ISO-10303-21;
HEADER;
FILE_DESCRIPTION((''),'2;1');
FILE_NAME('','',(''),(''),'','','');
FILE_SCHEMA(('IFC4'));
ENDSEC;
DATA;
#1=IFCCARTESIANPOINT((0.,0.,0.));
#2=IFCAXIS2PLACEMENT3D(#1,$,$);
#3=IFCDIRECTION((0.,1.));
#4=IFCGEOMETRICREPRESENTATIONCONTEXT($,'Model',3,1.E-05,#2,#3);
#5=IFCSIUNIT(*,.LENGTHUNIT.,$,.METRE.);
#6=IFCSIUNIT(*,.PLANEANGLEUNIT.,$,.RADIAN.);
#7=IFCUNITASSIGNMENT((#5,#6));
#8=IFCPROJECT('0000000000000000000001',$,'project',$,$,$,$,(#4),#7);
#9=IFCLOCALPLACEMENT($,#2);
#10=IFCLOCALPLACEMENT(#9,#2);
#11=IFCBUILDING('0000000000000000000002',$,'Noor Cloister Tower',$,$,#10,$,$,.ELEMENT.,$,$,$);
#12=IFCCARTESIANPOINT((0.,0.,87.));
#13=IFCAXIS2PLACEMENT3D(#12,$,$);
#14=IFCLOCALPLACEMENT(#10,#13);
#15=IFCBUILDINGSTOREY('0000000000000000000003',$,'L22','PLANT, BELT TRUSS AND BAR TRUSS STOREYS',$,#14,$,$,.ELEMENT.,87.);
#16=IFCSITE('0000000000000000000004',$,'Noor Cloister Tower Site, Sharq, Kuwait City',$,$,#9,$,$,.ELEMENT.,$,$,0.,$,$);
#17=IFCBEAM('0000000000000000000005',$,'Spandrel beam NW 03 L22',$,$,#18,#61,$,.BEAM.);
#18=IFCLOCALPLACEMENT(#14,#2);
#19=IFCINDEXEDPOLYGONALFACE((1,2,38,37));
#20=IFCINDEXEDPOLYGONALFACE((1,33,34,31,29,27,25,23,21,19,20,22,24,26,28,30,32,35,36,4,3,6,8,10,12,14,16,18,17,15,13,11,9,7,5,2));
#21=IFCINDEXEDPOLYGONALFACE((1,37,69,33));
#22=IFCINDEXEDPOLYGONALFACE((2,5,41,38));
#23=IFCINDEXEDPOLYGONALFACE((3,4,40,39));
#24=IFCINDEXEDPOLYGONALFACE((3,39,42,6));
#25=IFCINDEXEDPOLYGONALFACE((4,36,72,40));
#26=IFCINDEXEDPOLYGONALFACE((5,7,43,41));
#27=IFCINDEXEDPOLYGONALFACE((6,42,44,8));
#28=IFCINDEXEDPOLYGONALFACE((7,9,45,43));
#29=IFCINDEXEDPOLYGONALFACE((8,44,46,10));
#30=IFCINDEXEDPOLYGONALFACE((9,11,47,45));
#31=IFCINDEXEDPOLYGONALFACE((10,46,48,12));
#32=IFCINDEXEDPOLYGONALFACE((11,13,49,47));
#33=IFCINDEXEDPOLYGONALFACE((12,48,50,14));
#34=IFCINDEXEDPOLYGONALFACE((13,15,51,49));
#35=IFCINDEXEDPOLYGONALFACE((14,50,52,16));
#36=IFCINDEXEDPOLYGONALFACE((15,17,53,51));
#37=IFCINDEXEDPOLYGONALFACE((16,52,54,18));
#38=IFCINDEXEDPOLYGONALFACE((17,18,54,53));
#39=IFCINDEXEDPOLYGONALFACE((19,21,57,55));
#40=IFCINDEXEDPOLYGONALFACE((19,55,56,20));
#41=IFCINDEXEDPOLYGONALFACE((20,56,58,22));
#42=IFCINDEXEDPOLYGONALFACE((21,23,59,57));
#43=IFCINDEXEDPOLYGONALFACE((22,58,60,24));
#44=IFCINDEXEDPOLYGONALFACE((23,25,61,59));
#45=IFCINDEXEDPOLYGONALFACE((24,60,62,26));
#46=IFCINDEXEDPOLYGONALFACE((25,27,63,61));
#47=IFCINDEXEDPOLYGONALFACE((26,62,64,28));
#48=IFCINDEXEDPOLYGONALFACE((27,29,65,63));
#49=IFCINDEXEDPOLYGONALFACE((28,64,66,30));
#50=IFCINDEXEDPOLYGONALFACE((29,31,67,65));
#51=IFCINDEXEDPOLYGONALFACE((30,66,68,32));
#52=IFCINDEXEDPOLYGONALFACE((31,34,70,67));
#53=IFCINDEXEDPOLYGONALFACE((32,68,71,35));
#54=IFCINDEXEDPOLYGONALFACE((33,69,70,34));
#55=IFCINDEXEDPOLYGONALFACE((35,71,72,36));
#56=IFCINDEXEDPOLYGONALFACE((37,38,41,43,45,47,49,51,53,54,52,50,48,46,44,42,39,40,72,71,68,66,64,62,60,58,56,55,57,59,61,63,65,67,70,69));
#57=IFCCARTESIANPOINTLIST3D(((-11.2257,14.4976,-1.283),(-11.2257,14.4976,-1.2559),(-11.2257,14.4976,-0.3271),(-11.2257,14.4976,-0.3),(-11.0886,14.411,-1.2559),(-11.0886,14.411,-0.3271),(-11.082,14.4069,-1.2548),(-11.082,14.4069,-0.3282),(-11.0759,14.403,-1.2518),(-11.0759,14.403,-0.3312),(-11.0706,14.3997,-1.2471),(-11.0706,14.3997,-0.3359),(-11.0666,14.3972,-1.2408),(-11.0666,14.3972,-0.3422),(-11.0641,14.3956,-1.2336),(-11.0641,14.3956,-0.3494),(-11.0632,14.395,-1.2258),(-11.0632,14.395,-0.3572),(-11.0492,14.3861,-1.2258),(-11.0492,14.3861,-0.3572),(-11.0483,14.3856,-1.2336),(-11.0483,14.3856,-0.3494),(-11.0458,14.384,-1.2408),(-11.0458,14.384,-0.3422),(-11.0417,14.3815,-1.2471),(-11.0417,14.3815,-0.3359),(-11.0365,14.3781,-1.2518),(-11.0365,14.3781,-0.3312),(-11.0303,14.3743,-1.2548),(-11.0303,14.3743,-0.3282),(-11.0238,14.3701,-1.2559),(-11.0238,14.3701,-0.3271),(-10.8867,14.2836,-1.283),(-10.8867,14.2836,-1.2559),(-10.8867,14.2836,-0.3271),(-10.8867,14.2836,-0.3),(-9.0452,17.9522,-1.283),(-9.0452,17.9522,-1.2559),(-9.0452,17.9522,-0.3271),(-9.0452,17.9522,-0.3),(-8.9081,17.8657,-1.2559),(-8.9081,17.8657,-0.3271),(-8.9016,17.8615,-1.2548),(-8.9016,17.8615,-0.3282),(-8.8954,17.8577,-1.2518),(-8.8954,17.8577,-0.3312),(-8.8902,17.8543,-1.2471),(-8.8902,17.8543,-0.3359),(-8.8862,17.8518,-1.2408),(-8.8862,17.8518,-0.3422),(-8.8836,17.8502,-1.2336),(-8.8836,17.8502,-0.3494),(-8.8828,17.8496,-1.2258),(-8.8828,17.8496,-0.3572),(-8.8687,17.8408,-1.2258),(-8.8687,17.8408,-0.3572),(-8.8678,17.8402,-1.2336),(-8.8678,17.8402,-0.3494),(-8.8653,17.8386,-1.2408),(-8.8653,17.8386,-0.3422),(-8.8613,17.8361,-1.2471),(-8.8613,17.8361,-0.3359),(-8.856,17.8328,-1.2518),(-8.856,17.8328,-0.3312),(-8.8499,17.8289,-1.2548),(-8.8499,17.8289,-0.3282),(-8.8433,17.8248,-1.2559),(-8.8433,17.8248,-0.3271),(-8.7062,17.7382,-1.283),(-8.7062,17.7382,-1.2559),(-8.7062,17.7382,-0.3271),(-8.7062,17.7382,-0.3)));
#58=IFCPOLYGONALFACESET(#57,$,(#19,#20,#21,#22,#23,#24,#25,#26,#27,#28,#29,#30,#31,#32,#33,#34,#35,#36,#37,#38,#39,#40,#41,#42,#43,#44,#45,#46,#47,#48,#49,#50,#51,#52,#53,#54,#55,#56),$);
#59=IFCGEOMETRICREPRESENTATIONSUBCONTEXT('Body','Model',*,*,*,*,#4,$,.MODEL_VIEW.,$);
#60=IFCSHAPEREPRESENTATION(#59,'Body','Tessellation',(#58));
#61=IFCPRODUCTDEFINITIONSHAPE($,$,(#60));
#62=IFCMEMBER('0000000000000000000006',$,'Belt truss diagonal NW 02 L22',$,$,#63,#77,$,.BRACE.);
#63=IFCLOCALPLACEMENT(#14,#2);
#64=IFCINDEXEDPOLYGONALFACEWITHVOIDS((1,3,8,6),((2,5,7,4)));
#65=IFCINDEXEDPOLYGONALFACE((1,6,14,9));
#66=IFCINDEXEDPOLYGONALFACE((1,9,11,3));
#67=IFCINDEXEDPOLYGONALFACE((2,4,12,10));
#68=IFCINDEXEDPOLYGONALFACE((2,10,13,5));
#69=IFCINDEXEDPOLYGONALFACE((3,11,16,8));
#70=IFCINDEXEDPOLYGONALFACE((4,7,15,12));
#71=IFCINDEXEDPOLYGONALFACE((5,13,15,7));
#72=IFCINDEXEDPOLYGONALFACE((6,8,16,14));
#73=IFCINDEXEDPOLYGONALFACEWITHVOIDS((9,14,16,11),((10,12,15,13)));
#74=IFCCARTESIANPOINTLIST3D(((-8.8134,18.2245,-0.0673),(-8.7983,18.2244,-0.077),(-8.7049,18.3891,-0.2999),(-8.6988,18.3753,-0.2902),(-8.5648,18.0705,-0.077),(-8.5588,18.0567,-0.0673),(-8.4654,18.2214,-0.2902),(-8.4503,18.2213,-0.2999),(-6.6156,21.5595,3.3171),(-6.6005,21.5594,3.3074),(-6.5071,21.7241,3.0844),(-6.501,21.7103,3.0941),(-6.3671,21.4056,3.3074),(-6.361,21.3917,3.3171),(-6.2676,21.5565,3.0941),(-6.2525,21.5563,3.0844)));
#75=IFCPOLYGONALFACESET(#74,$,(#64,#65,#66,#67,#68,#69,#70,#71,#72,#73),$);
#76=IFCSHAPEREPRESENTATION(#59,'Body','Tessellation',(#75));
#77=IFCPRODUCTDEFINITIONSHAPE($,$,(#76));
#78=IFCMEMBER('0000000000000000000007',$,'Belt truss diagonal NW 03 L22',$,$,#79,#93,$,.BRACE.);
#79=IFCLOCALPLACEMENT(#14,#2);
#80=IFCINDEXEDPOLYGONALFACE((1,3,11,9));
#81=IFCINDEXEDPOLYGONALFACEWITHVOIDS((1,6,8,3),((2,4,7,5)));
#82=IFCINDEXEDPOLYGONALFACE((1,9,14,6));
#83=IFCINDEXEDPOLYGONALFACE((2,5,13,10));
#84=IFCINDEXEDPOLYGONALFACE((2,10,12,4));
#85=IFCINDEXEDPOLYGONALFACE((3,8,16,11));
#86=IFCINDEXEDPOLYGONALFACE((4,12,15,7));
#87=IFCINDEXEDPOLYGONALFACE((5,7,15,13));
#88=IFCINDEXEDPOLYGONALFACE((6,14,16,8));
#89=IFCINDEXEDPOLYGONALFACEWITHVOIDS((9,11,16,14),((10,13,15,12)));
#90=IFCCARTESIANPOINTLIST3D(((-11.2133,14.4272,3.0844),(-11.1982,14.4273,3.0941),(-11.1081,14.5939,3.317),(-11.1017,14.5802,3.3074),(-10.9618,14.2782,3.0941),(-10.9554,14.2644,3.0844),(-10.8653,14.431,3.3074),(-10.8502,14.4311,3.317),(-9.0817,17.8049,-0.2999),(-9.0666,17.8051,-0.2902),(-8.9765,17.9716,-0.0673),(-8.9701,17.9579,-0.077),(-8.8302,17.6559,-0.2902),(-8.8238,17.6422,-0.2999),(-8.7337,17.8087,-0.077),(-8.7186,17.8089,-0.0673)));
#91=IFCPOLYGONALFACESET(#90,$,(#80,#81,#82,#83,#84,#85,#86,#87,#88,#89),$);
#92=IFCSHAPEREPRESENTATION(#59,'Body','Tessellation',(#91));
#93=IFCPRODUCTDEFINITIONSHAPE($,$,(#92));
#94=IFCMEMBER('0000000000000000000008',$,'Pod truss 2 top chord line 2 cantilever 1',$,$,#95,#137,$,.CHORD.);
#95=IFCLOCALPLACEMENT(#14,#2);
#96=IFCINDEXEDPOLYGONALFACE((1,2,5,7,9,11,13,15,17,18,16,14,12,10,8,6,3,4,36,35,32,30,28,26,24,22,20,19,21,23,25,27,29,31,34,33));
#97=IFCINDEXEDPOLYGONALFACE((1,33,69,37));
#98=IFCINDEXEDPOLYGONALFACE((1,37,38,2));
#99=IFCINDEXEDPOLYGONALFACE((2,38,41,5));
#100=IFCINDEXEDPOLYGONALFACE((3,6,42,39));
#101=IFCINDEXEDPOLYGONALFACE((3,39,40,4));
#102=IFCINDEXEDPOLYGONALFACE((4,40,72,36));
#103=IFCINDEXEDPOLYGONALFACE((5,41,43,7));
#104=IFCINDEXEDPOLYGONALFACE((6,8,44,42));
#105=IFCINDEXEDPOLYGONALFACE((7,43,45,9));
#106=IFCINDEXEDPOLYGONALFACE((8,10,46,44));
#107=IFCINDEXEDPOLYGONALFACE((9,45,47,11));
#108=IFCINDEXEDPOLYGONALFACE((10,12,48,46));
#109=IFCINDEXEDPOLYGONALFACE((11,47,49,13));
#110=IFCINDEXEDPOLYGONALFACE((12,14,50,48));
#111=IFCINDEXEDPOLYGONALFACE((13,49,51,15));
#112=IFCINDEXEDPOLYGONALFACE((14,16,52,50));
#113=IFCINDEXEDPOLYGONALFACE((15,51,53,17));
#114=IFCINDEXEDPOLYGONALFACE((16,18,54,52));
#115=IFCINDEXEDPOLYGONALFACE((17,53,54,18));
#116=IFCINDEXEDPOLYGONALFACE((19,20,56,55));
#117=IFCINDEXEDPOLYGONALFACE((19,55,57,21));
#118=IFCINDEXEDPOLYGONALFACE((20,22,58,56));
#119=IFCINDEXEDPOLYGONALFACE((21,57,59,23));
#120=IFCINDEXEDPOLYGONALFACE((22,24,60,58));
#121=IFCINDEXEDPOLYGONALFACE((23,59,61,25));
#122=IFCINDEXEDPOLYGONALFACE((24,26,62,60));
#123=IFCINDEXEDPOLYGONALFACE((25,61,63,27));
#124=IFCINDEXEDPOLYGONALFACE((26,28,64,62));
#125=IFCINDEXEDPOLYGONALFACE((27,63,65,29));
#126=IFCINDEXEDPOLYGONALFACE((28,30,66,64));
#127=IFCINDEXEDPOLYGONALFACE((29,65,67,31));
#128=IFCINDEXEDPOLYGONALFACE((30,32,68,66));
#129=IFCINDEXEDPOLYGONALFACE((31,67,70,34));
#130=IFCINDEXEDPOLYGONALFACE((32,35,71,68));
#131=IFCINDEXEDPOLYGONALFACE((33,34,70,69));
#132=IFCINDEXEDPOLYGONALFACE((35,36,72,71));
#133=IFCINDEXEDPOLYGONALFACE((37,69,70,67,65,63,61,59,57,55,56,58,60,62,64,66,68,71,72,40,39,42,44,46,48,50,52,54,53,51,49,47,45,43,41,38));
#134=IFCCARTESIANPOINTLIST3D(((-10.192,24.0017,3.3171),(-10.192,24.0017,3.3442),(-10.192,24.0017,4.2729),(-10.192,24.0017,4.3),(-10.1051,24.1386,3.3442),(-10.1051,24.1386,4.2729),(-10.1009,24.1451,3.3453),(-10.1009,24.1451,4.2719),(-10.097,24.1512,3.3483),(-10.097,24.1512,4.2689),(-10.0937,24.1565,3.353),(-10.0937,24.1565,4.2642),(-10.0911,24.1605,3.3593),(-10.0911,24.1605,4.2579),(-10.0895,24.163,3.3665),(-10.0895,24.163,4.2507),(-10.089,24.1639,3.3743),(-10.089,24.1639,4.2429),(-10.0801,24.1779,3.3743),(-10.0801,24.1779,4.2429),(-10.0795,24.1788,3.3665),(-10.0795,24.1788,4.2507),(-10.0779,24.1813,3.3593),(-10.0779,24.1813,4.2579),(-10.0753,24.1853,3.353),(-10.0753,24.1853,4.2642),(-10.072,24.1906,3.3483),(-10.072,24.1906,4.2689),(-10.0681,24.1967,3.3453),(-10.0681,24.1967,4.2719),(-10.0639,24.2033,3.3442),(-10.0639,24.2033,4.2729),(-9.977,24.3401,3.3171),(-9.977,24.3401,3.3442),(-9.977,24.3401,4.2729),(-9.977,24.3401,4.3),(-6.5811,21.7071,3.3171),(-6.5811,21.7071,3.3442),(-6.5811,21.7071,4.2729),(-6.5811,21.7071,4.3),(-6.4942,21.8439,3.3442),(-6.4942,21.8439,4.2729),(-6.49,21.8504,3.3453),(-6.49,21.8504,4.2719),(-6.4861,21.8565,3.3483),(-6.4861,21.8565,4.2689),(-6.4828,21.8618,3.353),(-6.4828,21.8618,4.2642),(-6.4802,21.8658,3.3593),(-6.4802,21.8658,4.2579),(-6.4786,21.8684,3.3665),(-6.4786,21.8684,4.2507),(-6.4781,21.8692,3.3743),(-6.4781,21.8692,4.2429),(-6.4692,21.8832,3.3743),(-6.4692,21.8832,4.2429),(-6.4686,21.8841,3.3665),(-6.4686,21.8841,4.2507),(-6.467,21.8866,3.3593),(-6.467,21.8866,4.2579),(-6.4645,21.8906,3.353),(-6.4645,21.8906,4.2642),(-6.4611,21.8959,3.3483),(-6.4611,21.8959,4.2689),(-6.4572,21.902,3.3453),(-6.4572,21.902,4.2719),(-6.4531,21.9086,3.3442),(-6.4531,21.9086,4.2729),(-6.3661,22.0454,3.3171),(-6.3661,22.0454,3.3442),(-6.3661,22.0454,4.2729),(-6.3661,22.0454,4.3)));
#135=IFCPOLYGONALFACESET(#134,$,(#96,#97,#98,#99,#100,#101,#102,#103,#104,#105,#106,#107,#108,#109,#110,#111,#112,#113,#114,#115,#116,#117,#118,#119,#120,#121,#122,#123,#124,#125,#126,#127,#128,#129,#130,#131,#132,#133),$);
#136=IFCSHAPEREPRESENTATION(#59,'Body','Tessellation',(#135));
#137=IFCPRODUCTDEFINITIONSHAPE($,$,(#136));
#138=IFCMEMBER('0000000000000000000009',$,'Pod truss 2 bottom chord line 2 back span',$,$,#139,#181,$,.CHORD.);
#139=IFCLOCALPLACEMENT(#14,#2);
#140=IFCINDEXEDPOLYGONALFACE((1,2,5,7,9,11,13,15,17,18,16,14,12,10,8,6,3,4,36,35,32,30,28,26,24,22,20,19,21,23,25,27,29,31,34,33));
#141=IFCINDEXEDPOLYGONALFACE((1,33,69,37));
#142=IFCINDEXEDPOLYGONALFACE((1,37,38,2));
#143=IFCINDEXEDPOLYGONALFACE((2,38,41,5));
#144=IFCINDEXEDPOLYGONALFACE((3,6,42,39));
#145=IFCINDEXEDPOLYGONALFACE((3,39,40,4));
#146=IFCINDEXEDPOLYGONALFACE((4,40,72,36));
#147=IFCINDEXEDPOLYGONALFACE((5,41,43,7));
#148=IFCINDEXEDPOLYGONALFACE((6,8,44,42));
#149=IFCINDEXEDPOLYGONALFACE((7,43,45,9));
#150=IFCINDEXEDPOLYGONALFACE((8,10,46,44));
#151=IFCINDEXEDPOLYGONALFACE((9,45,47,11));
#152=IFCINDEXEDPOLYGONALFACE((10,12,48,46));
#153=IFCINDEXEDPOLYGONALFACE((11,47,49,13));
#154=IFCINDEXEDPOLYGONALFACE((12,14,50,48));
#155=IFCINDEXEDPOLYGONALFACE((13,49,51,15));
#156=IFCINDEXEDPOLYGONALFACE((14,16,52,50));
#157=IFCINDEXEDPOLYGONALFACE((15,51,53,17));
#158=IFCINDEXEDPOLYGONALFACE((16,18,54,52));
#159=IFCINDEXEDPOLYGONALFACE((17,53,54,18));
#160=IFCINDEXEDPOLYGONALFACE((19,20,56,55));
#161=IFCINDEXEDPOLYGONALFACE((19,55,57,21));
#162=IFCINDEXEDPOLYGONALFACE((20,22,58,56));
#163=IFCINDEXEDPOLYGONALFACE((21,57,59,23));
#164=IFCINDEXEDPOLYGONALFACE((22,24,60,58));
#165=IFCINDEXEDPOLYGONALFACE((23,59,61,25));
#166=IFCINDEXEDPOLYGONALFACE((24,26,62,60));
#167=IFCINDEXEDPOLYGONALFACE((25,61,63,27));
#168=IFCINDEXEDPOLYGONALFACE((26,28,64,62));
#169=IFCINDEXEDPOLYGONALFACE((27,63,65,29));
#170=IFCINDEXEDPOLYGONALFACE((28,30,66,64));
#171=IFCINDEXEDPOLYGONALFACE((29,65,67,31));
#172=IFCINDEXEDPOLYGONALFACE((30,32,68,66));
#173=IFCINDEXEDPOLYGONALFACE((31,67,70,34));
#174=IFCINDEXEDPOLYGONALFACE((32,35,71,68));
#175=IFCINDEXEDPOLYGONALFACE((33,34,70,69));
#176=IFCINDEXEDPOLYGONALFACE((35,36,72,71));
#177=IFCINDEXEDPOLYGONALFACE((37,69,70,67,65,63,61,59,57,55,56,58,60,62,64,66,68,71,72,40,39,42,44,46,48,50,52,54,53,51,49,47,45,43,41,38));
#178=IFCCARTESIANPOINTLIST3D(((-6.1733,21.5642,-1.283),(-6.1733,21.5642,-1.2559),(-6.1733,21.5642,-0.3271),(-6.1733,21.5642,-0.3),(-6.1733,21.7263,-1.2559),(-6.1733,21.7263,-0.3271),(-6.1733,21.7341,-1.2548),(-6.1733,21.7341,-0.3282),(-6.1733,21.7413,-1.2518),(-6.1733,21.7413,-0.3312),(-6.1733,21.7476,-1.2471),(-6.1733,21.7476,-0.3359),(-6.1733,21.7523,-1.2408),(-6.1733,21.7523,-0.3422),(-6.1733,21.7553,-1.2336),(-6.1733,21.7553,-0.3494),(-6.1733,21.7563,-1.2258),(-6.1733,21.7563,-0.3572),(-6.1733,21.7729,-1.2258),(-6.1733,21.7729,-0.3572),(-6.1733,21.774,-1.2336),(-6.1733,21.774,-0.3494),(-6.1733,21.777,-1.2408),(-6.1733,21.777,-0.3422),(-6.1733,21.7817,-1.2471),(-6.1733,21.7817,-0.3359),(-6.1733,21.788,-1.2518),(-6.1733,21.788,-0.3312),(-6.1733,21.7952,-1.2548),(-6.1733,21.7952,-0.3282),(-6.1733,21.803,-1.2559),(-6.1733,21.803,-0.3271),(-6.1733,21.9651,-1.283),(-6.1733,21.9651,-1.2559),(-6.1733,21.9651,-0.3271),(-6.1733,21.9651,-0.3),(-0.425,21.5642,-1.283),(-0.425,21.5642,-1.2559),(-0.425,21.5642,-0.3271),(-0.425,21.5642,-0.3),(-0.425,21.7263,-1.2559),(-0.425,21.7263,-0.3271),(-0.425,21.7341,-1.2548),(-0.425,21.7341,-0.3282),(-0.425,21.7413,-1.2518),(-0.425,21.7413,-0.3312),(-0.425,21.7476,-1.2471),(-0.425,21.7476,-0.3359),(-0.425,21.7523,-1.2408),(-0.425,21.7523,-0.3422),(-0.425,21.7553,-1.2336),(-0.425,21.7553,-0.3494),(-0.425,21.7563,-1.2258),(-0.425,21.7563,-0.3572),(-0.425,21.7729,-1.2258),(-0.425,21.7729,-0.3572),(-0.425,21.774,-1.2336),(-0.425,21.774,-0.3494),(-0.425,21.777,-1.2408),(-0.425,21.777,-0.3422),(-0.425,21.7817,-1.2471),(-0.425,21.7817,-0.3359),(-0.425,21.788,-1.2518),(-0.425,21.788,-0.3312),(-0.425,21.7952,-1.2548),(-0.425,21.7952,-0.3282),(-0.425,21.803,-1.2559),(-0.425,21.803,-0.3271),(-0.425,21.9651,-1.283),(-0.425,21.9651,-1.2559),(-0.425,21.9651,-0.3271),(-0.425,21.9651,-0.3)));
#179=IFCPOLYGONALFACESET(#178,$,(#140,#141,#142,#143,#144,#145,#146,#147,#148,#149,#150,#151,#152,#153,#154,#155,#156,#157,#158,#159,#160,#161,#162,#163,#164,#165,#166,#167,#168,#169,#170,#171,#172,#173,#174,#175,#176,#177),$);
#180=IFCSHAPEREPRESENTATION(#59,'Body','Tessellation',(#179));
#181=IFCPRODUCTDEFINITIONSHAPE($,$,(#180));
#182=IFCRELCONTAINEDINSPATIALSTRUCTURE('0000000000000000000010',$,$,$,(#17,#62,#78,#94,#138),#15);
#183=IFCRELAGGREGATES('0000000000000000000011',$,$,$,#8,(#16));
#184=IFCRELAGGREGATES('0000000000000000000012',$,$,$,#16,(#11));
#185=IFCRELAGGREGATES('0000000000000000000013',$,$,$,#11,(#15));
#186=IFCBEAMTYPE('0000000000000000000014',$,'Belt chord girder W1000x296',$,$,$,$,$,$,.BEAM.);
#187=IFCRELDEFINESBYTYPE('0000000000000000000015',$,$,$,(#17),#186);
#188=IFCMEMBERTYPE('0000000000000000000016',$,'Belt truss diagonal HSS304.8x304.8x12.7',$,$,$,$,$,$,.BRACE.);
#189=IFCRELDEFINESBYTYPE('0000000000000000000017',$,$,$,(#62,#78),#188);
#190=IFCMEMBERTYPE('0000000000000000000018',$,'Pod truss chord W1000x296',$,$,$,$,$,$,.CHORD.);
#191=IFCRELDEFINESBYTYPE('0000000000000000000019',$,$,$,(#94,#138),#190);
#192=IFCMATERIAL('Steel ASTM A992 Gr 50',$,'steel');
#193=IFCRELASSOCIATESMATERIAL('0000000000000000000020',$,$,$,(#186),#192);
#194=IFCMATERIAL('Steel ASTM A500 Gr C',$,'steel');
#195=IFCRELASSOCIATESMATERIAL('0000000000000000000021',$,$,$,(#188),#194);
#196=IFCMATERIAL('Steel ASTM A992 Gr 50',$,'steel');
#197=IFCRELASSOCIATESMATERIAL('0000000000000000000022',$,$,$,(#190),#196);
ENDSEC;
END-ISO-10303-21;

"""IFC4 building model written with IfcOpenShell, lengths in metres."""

from ifc_helpers import new_model, si_unit, direction, frame, origin, origin_2d, place, context, subcontext, project, spatial, hollow_rectangle, i_section, extrude, material, material_profile, profile_set, type_object, element, save


model = new_model("IFC4")

# Units and contexts
model_context = context("Model", 3, precision=1e-05, world=origin(), true_north=direction((0.0, 1.0)))
body_context = subcontext(model_context, "Body", "Model", "MODEL_VIEW")
ifc_project = project(units=[si_unit("LENGTHUNIT", "METRE"), si_unit("PLANEANGLEUNIT", "RADIAN")], contexts=[model_context])

# Site, building, storey
site_placement = place(None, origin())
site = spatial("IfcSite", under=ifc_project, at=site_placement, Name="Noor Cloister Tower Site, Sharq, Kuwait City", CompositionType="ELEMENT", RefElevation=0.0)
building_placement = place(site_placement, origin())
building = spatial("IfcBuilding", under=site, at=building_placement, Name="Noor Cloister Tower", CompositionType="ELEMENT")
storey_placement = place(building_placement, frame((0.0, 0.0, 87.0)))
storey = spatial("IfcBuildingStorey", under=building, at=storey_placement, Name="L22", Description="PLANT, BELT TRUSS AND BAR TRUSS STOREYS", CompositionType="ELEMENT", Elevation=87.0)

# Beam
ifc_material_1 = material(Name="Steel ASTM A992 Gr 50", Category="steel")
ifc_material_profile_1 = material_profile(ifc_material_1, i_section(OverallWidth=0.4009, OverallDepth=0.9829, WebThickness=0.0166, FlangeThickness=0.0271, FilletRadius=0.03, at=origin_2d()), Name="W1000x296")
ifc_profile_set_1 = profile_set([ifc_material_profile_1], Name="Steel ASTM A992 Gr 50")
beam_type = type_object("IfcBeamType", Name="Belt chord girder W1000x296", PredefinedType="BEAM", material=ifc_profile_set_1)
for number, where, z_axis, x_axis, name in (
    (1, (-8.8757, 17.8452, -0.7915), (-0.533743, -0.845646, 0.0), (0.845646, -0.533743, 0.0), "Spandrel beam NW 03 L22"),
):
    element("IfcBeam", number, at=place(storey_placement, frame(where, z_axis=z_axis, x_axis=x_axis)), inside=storey, type_object=beam_type, Name=name, PredefinedType="BEAM", context=body_context, shape_type="SweptSolid", body=[
        extrude(i_section(OverallWidth=0.4009, OverallDepth=0.9829, WebThickness=0.0166, FlangeThickness=0.0271, FilletRadius=0.03, at=origin_2d()), origin(), (0.0, 0.0, 1.0), 4.0852),
    ])

# Members
ifc_material_2 = material(Name="Steel ASTM A500 Gr C", Category="steel")
ifc_material_profile_2 = material_profile(ifc_material_2, hollow_rectangle(XDim=0.3049, YDim=0.3049, WallThickness=0.0127, at=origin_2d()), Name="HSS304.8x304.8x12.7")
ifc_profile_set_2 = profile_set([ifc_material_profile_2], Name="Steel ASTM A500 Gr C")
member_type_1 = type_object("IfcMemberType", Name="Belt truss diagonal HSS304.8x304.8x12.7", PredefinedType="BRACE", material=ifc_profile_set_2)
for number, where, z_axis, x_axis, name in (
    (2, (-8.6318, 18.2229, -0.1836), (0.419818, 0.637049, 0.646469), (-0.834991, 0.550263, 0.0), "Belt truss diagonal NW 02 L22"),
    (3, (-8.9001, 17.8069, -0.1836), (-0.407177, -0.645206, 0.646465), (0.845679, -0.533692, 0.0), "Belt truss diagonal NW 03 L22"),
):
    element("IfcMember", number, at=place(storey_placement, frame(where, z_axis=z_axis, x_axis=x_axis)), inside=storey, type_object=member_type_1, Name=name, PredefinedType="BRACE", context=body_context, shape_type="SweptSolid", body=[
        extrude(hollow_rectangle(XDim=0.3049, YDim=0.3049, WallThickness=0.0127, at=origin_2d()), origin(), (0.0, 0.0, 1.0), 5.2351),
    ])
ifc_material_3 = material(Name="Steel ASTM A992 Gr 50", Category="steel")
ifc_material_profile_3 = material_profile(ifc_material_3, i_section(OverallWidth=0.4009, OverallDepth=0.9829, WebThickness=0.0166, FlangeThickness=0.0271, FilletRadius=0.03, at=origin_2d()), Name="W1000x296")
ifc_profile_set_3 = profile_set([ifc_material_profile_3], Name="Steel ASTM A992 Gr 50")
member_type_2 = type_object("IfcMemberType", Name="Pod truss chord W1000x296", PredefinedType="CHORD", material=ifc_profile_set_3)
member_1_placement = place(storey_placement, frame((-6.4736, 21.8762, 3.8086), z_axis=(-0.843993, 0.536355, 0.0), x_axis=(-0.536355, -0.843993, 0.0)))
element("IfcMember", 4, at=member_1_placement, inside=storey, type_object=member_type_2, Name="Pod truss 2 top chord line 2 cantilever 1", PredefinedType="CHORD", context=body_context, shape_type="SweptSolid", body=[
    extrude(i_section(OverallWidth=0.4009, OverallDepth=0.9829, WebThickness=0.0166, FlangeThickness=0.0271, FilletRadius=0.03, at=origin_2d()), origin(), (0.0, 0.0, 1.0), 4.2783),
])
member_2_placement = place(storey_placement, frame((-6.1733, 21.7646, -0.7915), z_axis=(1.0, 0.0, 0.0), x_axis=(0.0, 1.0, 0.0)))
element("IfcMember", 5, at=member_2_placement, inside=storey, type_object=member_type_2, Name="Pod truss 2 bottom chord line 2 back span", PredefinedType="CHORD", context=body_context, shape_type="SweptSolid", body=[
    extrude(i_section(OverallWidth=0.4009, OverallDepth=0.9829, WebThickness=0.0166, FlangeThickness=0.0271, FilletRadius=0.03, at=origin_2d()), origin(), (0.0, 0.0, 1.0), 5.7483),
])

save(model, "model.ifc")
